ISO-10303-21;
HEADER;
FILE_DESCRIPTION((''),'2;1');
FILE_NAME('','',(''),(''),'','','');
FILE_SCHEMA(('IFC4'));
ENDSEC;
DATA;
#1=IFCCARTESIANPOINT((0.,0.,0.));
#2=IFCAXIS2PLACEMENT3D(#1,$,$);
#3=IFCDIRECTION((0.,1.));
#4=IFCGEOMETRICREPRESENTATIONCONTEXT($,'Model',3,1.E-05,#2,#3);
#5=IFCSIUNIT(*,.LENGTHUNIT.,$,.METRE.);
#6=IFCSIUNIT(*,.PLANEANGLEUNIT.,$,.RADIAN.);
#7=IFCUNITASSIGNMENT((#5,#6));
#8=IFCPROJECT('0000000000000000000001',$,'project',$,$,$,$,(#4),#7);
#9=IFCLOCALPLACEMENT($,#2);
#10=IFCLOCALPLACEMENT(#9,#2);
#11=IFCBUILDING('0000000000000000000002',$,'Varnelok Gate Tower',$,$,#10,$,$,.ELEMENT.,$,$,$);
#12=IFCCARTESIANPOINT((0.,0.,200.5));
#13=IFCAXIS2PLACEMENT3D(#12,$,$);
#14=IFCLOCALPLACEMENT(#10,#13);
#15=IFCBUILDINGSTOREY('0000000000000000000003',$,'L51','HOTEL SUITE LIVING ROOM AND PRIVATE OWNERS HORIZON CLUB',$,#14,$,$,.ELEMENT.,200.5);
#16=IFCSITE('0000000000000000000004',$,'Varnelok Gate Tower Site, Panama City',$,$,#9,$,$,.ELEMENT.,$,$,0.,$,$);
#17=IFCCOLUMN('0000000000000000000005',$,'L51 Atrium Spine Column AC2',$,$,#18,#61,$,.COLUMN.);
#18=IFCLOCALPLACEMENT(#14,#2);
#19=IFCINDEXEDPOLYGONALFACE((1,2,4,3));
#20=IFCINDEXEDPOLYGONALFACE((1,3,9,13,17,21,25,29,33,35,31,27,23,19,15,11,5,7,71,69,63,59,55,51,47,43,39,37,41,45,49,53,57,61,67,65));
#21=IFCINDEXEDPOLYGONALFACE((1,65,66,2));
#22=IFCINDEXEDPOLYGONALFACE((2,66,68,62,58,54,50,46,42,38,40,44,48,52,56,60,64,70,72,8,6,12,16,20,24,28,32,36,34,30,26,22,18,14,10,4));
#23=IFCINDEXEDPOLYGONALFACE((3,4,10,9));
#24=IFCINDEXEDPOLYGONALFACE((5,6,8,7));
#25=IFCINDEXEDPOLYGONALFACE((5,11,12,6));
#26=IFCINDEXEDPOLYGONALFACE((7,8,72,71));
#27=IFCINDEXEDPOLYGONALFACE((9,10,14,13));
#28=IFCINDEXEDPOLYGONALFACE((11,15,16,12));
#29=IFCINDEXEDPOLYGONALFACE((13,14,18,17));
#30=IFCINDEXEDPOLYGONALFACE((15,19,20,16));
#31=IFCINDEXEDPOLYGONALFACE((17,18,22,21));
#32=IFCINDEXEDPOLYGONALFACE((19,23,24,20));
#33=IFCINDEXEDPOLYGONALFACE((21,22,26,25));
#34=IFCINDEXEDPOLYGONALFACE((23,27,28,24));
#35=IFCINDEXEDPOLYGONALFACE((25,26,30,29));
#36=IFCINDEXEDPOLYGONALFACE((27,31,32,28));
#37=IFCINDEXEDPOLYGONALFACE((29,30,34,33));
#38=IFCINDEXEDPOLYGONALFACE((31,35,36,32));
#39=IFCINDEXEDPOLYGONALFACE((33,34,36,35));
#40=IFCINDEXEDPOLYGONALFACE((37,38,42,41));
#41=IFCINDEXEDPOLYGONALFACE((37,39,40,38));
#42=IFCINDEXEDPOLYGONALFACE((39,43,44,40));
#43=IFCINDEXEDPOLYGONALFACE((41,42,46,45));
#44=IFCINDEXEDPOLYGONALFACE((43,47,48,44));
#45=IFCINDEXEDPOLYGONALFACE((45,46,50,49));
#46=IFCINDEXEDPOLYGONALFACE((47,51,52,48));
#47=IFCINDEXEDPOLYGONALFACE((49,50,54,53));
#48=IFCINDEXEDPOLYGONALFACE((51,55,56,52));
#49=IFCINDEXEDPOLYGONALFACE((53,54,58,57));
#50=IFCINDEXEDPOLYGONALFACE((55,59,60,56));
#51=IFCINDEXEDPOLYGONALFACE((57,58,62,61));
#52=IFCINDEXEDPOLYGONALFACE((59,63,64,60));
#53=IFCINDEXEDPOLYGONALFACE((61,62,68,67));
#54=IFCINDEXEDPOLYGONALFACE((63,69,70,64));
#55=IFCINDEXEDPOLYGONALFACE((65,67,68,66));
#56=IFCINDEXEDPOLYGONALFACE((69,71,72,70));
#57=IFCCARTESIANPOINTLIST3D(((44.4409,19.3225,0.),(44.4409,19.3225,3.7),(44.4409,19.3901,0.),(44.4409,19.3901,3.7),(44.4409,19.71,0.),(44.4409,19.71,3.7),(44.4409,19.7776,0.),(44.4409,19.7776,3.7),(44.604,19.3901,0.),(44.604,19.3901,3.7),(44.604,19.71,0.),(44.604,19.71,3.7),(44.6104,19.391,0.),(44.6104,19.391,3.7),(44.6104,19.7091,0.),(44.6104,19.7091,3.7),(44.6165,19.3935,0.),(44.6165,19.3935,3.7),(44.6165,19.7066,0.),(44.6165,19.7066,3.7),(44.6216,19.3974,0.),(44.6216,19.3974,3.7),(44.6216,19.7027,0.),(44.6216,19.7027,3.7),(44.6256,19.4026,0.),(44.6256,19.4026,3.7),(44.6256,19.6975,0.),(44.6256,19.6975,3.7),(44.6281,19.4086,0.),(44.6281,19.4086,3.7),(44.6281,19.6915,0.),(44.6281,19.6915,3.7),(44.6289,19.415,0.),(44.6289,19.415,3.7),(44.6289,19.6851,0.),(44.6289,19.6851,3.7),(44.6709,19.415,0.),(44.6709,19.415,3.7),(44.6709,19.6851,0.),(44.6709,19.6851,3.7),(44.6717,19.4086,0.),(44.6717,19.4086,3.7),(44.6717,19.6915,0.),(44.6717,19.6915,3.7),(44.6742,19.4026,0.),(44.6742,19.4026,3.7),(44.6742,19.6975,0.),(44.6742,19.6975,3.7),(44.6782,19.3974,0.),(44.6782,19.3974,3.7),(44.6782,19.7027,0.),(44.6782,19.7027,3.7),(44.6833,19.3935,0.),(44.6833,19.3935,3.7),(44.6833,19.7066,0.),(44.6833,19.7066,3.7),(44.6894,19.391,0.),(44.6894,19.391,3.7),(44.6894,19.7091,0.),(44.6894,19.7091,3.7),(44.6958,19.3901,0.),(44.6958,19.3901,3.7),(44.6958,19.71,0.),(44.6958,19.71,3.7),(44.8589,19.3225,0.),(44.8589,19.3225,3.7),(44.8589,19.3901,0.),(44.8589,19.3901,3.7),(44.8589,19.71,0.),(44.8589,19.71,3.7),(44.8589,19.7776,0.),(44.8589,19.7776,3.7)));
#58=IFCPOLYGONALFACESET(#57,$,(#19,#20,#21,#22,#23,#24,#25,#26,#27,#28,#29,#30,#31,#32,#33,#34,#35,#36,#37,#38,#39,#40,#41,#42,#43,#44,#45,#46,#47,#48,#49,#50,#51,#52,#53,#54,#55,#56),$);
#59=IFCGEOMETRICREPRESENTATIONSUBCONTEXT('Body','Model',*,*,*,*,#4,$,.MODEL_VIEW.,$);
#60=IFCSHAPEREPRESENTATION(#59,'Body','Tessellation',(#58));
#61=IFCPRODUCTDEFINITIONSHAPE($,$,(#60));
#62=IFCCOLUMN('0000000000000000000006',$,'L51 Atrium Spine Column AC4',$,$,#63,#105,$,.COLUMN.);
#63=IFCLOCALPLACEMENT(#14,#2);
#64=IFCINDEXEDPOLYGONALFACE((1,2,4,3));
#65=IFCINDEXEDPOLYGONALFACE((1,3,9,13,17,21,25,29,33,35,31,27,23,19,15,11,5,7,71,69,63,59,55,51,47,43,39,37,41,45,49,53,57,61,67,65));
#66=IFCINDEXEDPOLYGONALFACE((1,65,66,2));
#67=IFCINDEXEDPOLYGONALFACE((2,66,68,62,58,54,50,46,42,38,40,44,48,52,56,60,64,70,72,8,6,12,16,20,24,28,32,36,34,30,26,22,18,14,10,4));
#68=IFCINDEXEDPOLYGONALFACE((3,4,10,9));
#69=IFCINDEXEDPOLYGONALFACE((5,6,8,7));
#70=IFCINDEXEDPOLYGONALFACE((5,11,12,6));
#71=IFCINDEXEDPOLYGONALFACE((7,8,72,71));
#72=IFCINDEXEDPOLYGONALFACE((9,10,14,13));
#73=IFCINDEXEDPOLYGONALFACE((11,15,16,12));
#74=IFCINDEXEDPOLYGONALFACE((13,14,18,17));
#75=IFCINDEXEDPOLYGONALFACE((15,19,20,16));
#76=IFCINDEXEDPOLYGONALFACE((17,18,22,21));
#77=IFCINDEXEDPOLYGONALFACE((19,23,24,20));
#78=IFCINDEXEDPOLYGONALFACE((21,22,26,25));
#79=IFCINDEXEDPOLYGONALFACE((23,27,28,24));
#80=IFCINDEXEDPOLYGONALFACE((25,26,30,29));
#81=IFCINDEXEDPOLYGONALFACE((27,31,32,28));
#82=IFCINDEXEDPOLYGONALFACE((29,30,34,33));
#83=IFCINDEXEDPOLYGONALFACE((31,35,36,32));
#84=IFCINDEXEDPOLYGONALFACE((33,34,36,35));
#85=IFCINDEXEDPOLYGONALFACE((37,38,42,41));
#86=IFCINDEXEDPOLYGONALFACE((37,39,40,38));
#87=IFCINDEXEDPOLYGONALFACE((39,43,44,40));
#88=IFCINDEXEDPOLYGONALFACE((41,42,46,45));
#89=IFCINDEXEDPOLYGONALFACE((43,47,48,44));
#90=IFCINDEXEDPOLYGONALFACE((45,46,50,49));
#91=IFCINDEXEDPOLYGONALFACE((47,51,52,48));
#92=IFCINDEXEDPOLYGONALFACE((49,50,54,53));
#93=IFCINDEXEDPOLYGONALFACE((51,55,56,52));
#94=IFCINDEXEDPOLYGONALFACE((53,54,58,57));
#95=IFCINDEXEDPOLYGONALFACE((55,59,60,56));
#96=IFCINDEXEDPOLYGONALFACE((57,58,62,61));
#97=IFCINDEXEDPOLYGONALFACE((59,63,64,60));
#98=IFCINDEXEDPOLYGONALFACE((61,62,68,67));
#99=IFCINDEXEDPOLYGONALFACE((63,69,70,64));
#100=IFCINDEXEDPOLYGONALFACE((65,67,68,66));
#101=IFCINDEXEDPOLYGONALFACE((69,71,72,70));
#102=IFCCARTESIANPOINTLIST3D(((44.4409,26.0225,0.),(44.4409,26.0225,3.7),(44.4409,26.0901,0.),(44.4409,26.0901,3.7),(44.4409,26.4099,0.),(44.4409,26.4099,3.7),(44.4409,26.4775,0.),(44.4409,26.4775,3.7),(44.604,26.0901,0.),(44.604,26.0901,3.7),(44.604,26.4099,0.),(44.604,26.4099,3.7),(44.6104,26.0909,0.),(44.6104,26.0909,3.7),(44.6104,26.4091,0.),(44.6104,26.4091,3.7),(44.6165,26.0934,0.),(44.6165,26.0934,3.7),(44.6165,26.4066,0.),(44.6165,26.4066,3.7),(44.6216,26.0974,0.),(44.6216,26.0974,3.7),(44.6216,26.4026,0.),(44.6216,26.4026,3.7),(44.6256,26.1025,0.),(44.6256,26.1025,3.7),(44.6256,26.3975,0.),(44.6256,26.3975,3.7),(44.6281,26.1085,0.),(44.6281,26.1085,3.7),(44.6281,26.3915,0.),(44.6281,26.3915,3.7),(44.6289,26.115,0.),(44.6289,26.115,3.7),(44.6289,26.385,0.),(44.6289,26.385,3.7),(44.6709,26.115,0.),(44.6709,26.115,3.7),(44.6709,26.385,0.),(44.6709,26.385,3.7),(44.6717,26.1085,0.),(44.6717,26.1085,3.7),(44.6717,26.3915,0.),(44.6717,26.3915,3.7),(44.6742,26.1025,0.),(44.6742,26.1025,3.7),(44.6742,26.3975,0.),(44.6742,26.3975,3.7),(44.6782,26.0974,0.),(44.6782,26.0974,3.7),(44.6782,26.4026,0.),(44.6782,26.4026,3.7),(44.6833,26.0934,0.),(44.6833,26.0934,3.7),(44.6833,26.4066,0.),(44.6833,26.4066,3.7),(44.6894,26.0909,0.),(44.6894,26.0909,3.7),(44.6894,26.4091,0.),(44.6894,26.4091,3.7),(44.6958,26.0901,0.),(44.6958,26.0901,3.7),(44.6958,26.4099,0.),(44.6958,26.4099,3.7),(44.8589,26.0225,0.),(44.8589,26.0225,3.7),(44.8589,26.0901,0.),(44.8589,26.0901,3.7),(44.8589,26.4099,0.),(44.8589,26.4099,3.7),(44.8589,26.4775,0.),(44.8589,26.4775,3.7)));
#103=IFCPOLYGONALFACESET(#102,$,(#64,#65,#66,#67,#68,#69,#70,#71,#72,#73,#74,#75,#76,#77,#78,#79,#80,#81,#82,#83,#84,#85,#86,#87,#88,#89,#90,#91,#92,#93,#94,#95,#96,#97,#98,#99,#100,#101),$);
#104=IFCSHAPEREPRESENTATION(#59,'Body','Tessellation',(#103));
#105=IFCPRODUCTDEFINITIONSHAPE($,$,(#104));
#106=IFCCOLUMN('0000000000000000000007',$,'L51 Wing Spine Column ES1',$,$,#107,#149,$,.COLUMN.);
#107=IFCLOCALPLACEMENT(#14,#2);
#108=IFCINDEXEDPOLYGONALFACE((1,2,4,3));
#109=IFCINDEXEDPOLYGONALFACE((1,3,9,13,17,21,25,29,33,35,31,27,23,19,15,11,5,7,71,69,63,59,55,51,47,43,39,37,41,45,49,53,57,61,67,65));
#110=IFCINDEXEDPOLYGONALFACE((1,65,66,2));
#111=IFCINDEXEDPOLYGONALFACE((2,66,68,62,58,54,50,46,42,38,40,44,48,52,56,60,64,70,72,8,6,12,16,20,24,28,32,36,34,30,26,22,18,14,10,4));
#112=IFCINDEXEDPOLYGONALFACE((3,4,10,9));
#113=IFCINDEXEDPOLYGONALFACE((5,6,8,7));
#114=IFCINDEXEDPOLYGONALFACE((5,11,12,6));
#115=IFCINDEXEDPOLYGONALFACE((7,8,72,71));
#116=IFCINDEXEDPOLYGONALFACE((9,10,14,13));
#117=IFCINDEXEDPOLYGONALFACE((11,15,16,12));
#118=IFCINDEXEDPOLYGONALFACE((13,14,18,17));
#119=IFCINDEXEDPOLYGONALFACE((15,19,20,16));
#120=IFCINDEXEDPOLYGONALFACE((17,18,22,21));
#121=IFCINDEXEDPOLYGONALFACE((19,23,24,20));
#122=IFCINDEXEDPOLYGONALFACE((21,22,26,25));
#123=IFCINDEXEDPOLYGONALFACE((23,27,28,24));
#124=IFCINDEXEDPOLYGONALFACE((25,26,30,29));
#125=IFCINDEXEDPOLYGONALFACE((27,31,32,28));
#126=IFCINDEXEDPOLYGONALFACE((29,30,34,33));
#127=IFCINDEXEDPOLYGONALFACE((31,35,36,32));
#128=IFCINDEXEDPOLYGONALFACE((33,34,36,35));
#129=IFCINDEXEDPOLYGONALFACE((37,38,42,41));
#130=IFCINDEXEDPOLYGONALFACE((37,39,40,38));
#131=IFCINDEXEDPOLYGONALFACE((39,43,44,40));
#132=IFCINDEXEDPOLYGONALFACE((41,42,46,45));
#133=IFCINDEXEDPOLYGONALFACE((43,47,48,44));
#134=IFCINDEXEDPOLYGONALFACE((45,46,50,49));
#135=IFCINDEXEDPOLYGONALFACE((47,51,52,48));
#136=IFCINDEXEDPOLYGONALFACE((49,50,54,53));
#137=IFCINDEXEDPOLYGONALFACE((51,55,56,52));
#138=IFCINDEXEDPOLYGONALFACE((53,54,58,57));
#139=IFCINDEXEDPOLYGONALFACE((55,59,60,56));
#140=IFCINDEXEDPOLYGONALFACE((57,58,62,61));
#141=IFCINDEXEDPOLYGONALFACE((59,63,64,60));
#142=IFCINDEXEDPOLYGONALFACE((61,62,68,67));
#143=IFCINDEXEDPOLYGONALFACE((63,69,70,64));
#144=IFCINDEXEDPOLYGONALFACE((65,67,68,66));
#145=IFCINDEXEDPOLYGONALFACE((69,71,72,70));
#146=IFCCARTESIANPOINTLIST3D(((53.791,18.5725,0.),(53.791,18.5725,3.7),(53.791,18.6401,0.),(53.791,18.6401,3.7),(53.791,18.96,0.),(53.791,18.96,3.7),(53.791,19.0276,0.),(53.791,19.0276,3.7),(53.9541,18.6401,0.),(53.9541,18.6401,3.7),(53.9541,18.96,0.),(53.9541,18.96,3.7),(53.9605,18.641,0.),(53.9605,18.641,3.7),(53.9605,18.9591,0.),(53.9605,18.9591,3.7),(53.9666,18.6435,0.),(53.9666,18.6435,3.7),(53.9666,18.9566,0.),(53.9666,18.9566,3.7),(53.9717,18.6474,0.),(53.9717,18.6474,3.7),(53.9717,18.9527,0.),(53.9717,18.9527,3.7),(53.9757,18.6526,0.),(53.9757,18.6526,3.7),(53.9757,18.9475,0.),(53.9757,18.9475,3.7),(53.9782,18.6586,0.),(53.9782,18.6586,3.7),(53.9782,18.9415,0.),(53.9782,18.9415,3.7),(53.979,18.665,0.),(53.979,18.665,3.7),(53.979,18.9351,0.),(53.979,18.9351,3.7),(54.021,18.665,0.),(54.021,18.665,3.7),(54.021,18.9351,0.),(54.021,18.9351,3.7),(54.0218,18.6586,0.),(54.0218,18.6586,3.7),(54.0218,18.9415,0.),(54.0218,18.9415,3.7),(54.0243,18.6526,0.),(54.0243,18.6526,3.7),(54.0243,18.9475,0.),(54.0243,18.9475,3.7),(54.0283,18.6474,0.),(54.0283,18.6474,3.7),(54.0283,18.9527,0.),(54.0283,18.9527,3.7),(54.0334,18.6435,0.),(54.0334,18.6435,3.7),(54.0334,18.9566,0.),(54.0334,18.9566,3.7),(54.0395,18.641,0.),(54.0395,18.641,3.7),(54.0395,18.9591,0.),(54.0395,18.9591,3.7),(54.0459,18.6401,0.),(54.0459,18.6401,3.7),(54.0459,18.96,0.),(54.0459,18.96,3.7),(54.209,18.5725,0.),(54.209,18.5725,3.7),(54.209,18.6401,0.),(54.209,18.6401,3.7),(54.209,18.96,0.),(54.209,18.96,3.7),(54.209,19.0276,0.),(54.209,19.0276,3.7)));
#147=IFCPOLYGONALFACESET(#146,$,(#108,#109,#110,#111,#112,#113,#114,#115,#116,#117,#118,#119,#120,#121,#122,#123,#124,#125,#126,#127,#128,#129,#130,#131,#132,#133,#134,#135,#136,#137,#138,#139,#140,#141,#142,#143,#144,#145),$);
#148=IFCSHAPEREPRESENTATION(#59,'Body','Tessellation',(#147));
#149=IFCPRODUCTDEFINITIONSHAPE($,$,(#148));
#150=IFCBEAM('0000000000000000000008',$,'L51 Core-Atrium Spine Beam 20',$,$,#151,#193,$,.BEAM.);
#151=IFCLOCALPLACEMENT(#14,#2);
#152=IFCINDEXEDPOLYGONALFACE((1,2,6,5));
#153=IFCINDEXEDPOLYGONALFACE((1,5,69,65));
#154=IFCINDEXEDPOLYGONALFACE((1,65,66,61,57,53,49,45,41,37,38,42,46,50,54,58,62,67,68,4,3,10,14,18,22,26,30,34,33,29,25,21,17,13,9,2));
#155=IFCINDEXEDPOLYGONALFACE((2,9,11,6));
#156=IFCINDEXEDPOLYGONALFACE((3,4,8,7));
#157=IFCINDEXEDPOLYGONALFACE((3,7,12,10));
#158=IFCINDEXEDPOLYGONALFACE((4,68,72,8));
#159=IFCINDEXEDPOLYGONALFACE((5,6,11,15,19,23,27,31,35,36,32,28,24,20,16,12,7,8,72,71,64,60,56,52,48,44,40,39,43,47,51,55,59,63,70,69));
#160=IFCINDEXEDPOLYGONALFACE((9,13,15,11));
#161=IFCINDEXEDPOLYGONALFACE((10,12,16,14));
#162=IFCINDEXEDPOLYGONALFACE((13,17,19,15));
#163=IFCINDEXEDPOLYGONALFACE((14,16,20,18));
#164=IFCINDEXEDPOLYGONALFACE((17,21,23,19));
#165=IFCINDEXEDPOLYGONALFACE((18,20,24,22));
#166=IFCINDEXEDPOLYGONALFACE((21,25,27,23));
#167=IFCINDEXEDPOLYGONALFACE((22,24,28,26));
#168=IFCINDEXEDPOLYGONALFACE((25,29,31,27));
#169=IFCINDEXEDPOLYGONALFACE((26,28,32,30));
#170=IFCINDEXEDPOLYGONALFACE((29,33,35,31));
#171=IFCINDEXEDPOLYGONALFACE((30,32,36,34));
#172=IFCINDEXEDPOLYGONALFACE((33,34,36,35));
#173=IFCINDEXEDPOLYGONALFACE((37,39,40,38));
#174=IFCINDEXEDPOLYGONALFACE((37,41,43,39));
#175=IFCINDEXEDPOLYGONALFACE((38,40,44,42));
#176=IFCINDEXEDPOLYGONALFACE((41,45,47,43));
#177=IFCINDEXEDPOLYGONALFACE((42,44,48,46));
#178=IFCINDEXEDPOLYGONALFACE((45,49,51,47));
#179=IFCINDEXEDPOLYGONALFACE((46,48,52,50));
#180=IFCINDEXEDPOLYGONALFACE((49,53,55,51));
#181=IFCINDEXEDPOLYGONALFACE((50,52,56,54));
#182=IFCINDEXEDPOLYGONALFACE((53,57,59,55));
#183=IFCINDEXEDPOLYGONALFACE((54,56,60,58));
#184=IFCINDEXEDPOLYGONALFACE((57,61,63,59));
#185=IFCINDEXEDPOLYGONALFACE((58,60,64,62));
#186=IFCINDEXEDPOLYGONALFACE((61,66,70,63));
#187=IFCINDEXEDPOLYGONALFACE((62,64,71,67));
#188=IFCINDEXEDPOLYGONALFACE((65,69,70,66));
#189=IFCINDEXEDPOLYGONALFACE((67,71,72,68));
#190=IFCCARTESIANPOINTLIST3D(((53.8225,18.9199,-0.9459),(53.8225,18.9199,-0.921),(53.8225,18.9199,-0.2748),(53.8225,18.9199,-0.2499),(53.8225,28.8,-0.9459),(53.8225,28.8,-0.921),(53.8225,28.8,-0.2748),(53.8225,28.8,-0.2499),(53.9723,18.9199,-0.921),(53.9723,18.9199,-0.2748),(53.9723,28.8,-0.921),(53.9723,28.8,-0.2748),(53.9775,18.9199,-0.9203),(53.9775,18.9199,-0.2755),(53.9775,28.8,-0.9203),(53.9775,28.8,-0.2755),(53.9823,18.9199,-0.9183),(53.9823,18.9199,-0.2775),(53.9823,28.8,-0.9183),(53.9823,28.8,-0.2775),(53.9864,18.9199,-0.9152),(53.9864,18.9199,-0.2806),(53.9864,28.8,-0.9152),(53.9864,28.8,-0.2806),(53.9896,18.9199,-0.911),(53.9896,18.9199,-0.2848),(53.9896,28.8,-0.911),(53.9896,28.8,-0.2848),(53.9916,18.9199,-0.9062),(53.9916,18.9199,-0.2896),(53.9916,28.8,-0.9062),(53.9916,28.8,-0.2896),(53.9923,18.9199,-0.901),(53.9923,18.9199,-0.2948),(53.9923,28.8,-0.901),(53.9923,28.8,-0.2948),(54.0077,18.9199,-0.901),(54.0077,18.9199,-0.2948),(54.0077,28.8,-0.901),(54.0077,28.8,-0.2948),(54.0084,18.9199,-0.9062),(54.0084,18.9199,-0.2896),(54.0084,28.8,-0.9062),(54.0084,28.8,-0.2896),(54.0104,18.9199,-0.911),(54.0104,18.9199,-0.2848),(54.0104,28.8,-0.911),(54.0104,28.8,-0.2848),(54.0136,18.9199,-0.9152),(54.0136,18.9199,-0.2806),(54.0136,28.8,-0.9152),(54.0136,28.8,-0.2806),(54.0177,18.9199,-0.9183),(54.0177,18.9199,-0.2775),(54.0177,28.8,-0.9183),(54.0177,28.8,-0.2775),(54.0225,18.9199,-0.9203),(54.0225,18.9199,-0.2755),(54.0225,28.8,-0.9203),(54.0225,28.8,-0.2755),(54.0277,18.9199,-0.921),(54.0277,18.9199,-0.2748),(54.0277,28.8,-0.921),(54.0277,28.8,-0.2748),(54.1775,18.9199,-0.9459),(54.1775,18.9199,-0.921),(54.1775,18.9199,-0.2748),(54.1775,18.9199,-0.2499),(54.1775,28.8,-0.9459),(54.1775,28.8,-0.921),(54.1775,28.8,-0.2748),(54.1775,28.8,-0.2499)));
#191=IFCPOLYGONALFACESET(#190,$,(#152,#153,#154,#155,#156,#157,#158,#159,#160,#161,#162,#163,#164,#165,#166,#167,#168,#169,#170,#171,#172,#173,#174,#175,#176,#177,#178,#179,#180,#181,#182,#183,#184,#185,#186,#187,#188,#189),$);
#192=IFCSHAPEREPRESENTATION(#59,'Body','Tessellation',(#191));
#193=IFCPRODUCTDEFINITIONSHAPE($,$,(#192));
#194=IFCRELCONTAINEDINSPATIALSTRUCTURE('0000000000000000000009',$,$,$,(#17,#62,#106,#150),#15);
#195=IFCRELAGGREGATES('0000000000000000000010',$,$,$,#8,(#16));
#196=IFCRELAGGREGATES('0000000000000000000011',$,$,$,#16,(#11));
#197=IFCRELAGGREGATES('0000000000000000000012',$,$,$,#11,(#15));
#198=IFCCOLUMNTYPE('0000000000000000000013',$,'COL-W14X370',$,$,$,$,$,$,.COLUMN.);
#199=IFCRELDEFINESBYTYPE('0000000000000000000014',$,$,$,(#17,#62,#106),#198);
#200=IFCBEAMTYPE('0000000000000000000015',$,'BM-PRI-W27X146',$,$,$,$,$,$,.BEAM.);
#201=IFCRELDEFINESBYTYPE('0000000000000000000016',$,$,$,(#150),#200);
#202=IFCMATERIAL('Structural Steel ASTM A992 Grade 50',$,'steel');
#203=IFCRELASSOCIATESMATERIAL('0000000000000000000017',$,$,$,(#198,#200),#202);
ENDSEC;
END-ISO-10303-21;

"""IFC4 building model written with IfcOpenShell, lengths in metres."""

from ifc_helpers import new_model, si_unit, direction, frame, origin, origin_2d, place, context, subcontext, project, spatial, i_section, extrude, material, material_profile, profile_set, type_object, element, save


model = new_model("IFC4")

# Units and contexts
model_context = context("Model", 3, precision=1e-05, world=origin(), true_north=direction((0.0, 1.0)))
body_context = subcontext(model_context, "Body", "Model", "MODEL_VIEW")
ifc_project = project(units=[si_unit("LENGTHUNIT", "METRE"), si_unit("PLANEANGLEUNIT", "RADIAN")], contexts=[model_context])

# Site, building, storey
site_placement = place(None, origin())
site = spatial("IfcSite", under=ifc_project, at=site_placement, Name="Varnelok Gate Tower Site, Panama City", CompositionType="ELEMENT", RefElevation=0.0)
building_placement = place(site_placement, origin())
building = spatial("IfcBuilding", under=site, at=building_placement, Name="Varnelok Gate Tower", CompositionType="ELEMENT")
storey_placement = place(building_placement, frame((0.0, 0.0, 200.5)))
storey = spatial("IfcBuildingStorey", under=building, at=storey_placement, Name="L51", Description="HOTEL SUITE LIVING ROOM AND PRIVATE OWNERS HORIZON CLUB", CompositionType="ELEMENT", Elevation=200.5)

# Columns
ifc_material_1 = material(Name="Structural Steel ASTM A992 Grade 50", Category="steel")
ifc_material_profile_1 = material_profile(ifc_material_1, i_section(OverallWidth=0.418, OverallDepth=0.4551, WebThickness=0.042, FlangeThickness=0.0676, FilletRadius=0.0249, at=origin_2d()), Name="W14X370")
ifc_profile_set_1 = profile_set([ifc_material_profile_1], Name="Structural Steel ASTM A992 Grade 50")
column_type = type_object("IfcColumnType", Name="COL-W14X370", PredefinedType="COLUMN", material=ifc_profile_set_1)
for number, where, z_axis, x_axis, name in (
    (1, (44.6499, 19.55, 0.0), (0.0, 0.0, 1.0), (1.0, 0.0, 0.0), "L51 Atrium Spine Column AC2"),
    (2, (44.6499, 26.25, 0.0), (0.0, 0.0, 1.0), (1.0, 0.0, 0.0), "L51 Atrium Spine Column AC4"),
    (3, (54.0, 18.8, 0.0), (0.0, 0.0, 1.0), (1.0, 0.0, 0.0), "L51 Wing Spine Column ES1"),
):
    element("IfcColumn", number, at=place(storey_placement, frame(where, z_axis=z_axis, x_axis=x_axis)), inside=storey, type_object=column_type, Name=name, PredefinedType="COLUMN", context=body_context, shape_type="SweptSolid", body=[
        extrude(i_section(OverallWidth=0.418, OverallDepth=0.4551, WebThickness=0.042, FlangeThickness=0.0676, FilletRadius=0.0249, at=origin_2d()), origin(), (0.0, 0.0, 1.0), 3.7),
    ])

# Beam
ifc_material_profile_2 = material_profile(ifc_material_1, i_section(OverallWidth=0.355, OverallDepth=0.696, WebThickness=0.0154, FlangeThickness=0.0249, FilletRadius=0.02, at=origin_2d()), Name="W27X146")
ifc_profile_set_2 = profile_set([ifc_material_profile_2], Name="Structural Steel ASTM A992 Grade 50")
beam_type_1 = type_object("IfcBeamType", Name="BM-PRI-W27X146", PredefinedType="BEAM", material=ifc_profile_set_2)
beam_1_placement = place(storey_placement, frame((54.0, 18.9199, -0.5979), z_axis=(0.0, 1.0, 0.0), x_axis=(-1.0, 0.0, 0.0)))
element("IfcBeam", 4, at=beam_1_placement, inside=storey, type_object=beam_type_1, Name="L51 Core-Atrium Spine Beam 20", PredefinedType="BEAM", context=body_context, shape_type="SweptSolid", body=[
    extrude(i_section(OverallWidth=0.355, OverallDepth=0.696, WebThickness=0.0154, FlangeThickness=0.0249, FilletRadius=0.02, at=origin_2d()), origin(), (0.0, 0.0, 1.0), 9.8801),
])

save(model, "model.ifc")
